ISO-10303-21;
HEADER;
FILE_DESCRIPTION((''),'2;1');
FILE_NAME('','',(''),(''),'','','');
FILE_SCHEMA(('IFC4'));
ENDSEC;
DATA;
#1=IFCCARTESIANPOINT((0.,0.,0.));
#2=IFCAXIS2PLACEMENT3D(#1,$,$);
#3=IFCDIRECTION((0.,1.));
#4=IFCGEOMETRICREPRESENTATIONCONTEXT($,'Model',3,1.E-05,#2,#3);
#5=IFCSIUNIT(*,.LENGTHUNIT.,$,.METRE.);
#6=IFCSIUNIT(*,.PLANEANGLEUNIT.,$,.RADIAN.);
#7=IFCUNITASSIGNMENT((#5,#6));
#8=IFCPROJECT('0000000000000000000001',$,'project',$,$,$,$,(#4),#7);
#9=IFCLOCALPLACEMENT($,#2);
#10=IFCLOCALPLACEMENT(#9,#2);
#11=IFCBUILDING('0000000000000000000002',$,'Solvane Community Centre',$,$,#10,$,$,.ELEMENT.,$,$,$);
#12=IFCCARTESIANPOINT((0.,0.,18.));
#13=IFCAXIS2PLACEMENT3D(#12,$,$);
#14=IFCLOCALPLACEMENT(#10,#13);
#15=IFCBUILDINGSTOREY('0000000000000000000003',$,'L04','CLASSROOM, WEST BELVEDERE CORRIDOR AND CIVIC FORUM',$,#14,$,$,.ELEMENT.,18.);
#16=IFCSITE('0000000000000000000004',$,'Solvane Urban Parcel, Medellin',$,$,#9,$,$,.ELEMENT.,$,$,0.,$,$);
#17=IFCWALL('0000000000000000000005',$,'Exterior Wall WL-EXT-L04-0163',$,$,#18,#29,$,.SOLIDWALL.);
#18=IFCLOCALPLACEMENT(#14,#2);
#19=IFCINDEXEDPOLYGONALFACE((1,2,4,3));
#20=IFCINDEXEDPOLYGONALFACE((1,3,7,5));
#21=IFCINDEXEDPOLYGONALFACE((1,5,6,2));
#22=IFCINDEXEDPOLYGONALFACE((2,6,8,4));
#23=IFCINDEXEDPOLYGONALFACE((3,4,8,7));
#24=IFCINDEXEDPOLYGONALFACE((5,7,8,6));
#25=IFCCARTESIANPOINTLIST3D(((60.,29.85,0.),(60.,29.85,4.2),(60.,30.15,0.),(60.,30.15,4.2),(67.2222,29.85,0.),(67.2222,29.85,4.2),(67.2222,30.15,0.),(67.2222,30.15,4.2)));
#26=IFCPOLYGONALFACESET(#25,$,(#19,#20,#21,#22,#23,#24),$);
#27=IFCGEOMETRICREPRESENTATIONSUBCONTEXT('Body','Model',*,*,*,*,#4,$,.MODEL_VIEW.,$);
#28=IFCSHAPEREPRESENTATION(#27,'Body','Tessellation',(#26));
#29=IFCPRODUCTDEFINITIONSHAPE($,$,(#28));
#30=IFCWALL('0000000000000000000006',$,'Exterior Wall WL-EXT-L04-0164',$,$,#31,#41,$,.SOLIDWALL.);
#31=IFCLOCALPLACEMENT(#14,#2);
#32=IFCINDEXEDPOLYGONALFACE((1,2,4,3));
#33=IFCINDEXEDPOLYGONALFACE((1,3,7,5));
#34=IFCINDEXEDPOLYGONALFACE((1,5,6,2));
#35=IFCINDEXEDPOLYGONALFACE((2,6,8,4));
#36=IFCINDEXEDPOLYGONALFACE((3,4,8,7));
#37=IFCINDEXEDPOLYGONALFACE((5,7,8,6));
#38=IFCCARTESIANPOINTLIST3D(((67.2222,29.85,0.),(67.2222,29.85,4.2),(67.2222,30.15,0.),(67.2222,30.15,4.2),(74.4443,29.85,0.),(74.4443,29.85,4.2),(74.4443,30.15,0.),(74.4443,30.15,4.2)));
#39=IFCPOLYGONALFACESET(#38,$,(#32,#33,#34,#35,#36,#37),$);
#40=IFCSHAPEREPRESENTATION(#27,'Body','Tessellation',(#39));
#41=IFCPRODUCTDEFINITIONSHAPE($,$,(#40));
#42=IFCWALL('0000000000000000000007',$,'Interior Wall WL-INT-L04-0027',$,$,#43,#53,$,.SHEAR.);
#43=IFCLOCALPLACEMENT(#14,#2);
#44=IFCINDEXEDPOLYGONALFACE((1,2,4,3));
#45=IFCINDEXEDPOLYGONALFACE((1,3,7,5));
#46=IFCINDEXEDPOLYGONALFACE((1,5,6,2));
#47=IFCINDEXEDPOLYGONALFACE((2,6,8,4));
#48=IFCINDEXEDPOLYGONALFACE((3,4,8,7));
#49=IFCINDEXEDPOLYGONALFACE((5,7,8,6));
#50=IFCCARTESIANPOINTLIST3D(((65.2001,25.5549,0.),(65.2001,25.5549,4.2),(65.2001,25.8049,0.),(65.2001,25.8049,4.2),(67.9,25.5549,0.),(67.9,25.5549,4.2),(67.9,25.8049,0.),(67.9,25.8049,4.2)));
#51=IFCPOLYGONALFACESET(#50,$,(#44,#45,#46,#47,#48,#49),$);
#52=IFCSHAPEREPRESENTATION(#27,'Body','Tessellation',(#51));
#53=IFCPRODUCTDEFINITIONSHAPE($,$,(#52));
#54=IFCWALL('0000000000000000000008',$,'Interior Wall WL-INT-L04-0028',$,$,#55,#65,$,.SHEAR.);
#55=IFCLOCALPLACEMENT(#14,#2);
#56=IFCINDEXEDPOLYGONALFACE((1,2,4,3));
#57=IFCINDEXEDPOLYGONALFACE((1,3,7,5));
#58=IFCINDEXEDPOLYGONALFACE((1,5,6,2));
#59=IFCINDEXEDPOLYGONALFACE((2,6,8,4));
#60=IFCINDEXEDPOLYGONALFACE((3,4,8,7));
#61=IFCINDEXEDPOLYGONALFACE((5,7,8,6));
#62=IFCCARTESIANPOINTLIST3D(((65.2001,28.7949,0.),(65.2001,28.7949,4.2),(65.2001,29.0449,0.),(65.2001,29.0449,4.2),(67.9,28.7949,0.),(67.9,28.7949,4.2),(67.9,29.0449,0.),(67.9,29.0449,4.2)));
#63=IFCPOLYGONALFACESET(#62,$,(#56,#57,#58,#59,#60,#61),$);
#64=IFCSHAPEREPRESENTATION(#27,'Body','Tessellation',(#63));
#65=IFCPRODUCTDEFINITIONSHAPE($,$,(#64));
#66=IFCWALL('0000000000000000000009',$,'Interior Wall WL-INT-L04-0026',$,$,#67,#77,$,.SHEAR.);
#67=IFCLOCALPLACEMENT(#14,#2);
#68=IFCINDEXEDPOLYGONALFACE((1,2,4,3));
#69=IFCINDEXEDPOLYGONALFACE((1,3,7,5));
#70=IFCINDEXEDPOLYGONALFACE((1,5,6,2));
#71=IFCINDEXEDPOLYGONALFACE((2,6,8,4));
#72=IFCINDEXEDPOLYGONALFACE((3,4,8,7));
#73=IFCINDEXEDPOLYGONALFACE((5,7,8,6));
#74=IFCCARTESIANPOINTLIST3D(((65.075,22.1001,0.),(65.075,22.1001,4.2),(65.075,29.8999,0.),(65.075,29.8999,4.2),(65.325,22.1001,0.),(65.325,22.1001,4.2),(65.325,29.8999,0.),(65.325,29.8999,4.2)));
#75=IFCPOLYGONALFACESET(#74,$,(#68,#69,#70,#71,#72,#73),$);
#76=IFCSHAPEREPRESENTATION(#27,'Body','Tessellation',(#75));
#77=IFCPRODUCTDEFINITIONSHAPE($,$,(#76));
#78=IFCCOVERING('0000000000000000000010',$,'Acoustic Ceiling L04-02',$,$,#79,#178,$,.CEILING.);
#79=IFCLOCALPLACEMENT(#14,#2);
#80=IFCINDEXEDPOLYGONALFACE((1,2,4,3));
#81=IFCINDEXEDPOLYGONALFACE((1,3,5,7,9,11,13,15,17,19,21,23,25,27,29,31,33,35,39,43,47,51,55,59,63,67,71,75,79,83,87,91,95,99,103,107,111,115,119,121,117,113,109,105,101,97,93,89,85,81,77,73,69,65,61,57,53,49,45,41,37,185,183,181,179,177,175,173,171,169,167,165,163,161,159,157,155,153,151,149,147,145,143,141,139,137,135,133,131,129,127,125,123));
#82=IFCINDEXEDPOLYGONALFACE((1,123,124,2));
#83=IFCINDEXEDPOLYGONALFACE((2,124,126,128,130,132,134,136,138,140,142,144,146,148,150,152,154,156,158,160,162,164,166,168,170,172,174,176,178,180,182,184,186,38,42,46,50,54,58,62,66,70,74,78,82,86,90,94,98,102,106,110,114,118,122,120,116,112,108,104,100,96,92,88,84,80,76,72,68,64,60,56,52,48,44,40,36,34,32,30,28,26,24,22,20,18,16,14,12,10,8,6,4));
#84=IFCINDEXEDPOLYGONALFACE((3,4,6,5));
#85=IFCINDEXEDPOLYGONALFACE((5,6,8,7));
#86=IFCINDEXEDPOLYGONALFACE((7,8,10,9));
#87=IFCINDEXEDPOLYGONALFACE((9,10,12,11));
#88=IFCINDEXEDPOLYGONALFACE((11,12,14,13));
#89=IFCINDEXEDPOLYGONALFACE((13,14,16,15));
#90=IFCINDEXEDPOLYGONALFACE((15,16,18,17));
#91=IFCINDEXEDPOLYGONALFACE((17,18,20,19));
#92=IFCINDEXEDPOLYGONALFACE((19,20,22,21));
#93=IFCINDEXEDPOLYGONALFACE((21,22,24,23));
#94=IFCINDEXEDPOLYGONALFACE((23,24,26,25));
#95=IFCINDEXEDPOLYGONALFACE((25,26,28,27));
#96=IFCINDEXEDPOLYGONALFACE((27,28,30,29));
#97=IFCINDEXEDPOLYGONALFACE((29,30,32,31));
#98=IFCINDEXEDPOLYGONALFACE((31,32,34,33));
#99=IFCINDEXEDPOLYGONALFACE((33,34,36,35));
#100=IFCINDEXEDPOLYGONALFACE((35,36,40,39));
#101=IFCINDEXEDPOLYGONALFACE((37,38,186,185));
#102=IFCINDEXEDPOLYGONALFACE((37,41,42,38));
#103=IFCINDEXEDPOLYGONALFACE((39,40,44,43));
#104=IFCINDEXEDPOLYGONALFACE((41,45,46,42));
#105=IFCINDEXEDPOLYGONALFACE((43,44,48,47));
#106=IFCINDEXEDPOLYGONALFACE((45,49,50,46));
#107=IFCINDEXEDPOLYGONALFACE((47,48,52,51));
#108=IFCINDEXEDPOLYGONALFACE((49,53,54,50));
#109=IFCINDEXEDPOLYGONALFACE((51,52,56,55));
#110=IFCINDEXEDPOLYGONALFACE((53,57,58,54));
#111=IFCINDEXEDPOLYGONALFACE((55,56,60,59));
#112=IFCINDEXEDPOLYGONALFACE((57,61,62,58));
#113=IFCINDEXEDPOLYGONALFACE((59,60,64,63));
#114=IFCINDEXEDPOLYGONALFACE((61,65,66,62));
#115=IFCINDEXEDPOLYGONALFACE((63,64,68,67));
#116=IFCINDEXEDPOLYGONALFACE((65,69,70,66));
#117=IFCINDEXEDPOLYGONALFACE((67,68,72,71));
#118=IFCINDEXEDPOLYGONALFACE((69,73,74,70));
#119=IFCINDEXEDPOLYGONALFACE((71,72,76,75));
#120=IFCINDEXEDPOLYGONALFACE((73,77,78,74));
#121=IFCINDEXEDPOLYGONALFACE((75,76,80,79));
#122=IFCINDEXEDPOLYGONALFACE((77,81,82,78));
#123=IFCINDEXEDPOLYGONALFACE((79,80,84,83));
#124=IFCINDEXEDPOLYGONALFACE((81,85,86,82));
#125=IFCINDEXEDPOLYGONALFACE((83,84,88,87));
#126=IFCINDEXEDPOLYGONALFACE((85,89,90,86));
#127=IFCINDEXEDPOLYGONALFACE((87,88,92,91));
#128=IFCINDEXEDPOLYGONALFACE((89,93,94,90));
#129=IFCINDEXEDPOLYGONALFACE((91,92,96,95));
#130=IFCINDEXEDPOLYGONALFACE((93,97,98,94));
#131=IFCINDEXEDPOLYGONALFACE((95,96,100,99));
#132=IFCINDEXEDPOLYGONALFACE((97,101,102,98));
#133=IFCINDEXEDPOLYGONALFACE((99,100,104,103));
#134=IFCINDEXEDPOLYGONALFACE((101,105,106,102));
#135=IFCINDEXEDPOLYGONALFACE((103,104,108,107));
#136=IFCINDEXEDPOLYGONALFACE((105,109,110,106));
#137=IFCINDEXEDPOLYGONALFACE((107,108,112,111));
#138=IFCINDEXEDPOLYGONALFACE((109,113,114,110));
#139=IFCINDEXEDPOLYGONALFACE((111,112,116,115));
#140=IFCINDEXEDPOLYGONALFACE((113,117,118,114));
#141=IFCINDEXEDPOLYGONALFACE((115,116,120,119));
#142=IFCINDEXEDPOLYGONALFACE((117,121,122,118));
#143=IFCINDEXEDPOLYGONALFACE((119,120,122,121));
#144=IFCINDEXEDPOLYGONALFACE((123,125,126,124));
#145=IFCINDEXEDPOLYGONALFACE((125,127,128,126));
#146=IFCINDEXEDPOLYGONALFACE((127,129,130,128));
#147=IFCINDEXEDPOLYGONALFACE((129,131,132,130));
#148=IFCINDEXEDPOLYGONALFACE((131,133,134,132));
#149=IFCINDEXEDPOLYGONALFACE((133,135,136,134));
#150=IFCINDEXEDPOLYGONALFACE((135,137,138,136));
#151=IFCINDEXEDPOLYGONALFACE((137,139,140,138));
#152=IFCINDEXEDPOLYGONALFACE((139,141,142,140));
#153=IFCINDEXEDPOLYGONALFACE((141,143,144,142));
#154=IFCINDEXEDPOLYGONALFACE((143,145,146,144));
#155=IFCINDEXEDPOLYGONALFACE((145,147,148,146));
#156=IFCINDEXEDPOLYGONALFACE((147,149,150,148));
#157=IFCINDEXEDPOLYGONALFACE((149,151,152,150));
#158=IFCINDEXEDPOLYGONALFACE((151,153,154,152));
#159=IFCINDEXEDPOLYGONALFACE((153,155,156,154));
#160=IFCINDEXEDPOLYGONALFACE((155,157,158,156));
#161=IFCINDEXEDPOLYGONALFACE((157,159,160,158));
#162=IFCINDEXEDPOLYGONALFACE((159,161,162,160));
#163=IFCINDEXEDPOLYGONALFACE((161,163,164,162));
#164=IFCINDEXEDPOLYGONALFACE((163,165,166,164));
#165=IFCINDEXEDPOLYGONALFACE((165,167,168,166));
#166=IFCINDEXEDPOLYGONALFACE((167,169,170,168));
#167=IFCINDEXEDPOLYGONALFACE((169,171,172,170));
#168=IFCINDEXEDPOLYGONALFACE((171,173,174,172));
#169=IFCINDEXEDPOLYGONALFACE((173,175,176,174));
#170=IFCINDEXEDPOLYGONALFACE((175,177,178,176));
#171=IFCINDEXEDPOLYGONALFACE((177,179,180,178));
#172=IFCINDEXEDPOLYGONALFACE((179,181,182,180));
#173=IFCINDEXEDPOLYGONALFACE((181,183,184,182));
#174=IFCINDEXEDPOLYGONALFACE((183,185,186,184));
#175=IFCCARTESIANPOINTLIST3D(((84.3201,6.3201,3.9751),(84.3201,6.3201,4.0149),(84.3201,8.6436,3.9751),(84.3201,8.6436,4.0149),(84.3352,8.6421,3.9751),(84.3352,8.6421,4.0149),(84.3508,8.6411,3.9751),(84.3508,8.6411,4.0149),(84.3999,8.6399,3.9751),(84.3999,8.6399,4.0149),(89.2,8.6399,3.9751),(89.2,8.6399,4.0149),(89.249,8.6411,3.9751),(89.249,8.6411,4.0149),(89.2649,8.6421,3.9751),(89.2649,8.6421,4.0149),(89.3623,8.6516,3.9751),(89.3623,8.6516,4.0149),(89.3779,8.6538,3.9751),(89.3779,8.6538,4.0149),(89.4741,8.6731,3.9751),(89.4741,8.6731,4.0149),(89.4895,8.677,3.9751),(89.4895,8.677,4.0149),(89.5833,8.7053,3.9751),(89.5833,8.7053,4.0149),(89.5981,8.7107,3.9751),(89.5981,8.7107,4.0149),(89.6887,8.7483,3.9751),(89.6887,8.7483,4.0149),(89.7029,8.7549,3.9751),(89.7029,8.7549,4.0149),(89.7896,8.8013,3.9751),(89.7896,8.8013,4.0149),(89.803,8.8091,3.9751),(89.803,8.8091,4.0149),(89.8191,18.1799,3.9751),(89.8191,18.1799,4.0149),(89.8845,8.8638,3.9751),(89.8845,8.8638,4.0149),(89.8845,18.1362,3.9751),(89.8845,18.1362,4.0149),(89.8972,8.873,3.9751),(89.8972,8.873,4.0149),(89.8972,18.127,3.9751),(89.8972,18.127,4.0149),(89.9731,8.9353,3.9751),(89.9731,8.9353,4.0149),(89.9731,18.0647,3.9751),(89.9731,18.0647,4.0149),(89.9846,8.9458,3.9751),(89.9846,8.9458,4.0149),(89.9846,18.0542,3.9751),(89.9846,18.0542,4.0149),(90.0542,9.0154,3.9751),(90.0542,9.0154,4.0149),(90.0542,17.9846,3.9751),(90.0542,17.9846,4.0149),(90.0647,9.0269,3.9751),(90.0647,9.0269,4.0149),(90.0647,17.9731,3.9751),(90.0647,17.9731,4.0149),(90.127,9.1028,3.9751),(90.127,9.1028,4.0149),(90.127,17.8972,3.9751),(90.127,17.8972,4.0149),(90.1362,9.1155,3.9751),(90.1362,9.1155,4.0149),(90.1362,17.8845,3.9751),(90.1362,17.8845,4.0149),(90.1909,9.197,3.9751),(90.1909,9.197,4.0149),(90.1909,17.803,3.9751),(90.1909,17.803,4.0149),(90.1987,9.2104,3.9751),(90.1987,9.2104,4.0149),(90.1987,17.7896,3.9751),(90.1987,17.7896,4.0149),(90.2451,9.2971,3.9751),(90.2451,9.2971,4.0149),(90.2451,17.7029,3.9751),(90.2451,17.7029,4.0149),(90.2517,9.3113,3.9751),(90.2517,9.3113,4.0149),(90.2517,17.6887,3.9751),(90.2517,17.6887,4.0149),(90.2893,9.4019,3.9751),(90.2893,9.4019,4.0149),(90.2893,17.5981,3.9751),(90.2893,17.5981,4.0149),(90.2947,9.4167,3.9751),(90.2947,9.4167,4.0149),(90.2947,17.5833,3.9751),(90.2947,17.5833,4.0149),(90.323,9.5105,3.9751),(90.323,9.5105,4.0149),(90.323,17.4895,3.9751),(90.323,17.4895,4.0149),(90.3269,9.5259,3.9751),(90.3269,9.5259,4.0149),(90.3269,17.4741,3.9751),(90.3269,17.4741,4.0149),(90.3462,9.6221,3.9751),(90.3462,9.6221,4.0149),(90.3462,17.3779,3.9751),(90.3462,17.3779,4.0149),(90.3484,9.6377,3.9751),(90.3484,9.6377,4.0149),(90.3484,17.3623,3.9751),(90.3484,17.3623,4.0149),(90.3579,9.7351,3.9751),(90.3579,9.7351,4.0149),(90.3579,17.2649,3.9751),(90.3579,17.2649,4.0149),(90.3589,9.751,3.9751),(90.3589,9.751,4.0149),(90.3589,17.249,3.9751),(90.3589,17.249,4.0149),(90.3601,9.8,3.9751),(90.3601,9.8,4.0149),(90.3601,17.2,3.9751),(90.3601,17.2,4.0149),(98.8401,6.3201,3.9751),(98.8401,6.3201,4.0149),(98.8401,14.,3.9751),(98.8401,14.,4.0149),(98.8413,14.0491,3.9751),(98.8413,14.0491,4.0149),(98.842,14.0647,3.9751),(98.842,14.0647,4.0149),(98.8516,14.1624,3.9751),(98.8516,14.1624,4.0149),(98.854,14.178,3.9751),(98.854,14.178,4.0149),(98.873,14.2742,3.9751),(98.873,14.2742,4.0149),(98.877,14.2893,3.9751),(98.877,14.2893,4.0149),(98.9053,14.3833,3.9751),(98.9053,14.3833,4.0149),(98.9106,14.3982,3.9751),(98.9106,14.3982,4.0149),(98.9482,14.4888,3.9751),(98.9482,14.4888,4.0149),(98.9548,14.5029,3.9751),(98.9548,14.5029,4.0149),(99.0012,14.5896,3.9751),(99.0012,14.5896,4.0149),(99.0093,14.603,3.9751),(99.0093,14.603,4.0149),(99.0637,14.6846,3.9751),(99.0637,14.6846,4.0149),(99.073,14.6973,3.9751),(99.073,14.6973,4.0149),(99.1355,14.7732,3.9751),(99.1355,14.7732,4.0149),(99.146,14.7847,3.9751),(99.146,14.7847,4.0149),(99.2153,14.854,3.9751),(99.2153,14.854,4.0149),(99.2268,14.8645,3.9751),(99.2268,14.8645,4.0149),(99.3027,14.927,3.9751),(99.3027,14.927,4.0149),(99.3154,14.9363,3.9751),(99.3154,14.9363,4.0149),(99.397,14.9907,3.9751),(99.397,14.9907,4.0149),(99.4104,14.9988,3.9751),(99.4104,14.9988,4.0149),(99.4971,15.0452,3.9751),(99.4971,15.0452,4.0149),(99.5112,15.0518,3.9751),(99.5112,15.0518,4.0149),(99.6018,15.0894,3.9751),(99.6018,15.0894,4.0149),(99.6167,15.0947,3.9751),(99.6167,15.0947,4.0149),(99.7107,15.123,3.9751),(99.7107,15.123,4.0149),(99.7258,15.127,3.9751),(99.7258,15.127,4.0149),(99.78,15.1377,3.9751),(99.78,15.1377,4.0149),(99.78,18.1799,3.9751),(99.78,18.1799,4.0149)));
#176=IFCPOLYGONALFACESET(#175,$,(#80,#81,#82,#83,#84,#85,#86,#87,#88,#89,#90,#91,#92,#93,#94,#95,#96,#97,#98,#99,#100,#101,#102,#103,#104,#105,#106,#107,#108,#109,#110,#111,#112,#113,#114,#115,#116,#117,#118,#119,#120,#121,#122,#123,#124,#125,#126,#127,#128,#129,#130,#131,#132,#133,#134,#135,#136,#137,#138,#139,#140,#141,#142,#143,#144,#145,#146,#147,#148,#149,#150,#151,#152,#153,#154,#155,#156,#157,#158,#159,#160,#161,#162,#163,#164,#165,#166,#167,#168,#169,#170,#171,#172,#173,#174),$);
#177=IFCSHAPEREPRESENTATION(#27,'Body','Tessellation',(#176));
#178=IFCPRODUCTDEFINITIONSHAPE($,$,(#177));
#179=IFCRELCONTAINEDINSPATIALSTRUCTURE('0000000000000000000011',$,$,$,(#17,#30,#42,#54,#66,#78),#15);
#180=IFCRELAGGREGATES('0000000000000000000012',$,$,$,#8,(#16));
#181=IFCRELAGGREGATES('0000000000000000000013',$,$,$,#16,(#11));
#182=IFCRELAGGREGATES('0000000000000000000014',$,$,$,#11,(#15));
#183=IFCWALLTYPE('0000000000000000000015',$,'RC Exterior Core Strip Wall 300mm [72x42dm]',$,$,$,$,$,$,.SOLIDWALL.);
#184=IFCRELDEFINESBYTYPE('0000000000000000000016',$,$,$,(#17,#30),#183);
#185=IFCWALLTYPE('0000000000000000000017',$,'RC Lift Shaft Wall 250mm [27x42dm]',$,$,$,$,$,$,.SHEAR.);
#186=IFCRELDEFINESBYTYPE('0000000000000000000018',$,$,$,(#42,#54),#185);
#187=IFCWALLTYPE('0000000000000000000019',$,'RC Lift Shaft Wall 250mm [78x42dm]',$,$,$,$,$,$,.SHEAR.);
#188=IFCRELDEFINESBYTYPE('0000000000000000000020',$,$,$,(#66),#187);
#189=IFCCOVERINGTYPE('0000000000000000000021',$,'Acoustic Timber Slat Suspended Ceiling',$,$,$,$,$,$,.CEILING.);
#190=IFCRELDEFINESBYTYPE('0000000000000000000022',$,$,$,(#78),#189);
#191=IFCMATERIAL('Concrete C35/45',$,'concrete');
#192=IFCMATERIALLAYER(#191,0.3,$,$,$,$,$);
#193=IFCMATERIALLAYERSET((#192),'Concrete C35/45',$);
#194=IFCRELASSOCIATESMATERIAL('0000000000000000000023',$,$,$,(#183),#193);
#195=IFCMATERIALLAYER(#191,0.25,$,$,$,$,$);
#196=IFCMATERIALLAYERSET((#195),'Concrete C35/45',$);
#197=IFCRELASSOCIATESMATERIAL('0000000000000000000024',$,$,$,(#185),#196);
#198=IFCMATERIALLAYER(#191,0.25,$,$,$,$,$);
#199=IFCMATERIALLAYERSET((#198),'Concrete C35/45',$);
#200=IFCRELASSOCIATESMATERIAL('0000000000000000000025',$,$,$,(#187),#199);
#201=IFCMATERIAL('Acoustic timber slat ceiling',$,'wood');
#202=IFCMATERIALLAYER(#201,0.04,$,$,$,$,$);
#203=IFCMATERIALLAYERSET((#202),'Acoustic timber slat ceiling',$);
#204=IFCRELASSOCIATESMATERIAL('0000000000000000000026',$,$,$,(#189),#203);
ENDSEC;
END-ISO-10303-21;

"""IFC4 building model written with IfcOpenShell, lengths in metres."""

from ifc_helpers import new_model, si_unit, direction, frame, frame_2d, origin, place, context, subcontext, project, spatial, polyline, rectangle, outline, extrude, material, layer, layer_set, type_object, element, save


model = new_model("IFC4")

# Units and contexts
model_context = context("Model", 3, precision=1e-05, world=origin(), true_north=direction((0.0, 1.0)))
body_context = subcontext(model_context, "Body", "Model", "MODEL_VIEW")
ifc_project = project(units=[si_unit("LENGTHUNIT", "METRE"), si_unit("PLANEANGLEUNIT", "RADIAN")], contexts=[model_context])

# Site, building, storey
site_placement = place(None, origin())
site = spatial("IfcSite", under=ifc_project, at=site_placement, Name="Solvane Urban Parcel, Medellin", CompositionType="ELEMENT", RefElevation=0.0)
building_placement = place(site_placement, origin())
building = spatial("IfcBuilding", under=site, at=building_placement, Name="Solvane Community Centre", CompositionType="ELEMENT")
storey_placement = place(building_placement, frame((0.0, 0.0, 18.0)))
storey = spatial("IfcBuildingStorey", under=building, at=storey_placement, Name="L04", Description="CLASSROOM, WEST BELVEDERE CORRIDOR AND CIVIC FORUM", CompositionType="ELEMENT", Elevation=18.0)

# Shared definitions
ifc_material_1 = material(Name="Concrete C35/45", Category="concrete")

# Walls
ifc_layer_1 = layer(ifc_material_1, 0.3)
ifc_layer_set_1 = layer_set([ifc_layer_1], Name="Concrete C35/45")
wall_type_1 = type_object("IfcWallType", Name="RC Exterior Core Strip Wall 300mm [72x42dm]", PredefinedType="SOLIDWALL", material=ifc_layer_set_1)
for number, where, z_axis, x_axis, name in (
    (1, (60.0, 30.0, 0.0), (0.0, 0.0, 1.0), (1.0, 0.0, 0.0), "Exterior Wall WL-EXT-L04-0163"),
    (2, (67.2222, 30.0, 0.0), (0.0, 0.0, 1.0), (1.0, 0.0, 0.0), "Exterior Wall WL-EXT-L04-0164"),
):
    element("IfcWall", number, at=place(storey_placement, frame(where, z_axis=z_axis, x_axis=x_axis)), inside=storey, type_object=wall_type_1, Name=name, PredefinedType="SOLIDWALL", context=body_context, shape_type="SweptSolid", body=[
        extrude(rectangle(XDim=7.2222, YDim=0.3, at=frame_2d((3.6111, 0.0))), origin(), (0.0, 0.0, 1.0), 4.2),
    ])
ifc_layer_2 = layer(ifc_material_1, 0.25)
ifc_layer_set_2 = layer_set([ifc_layer_2], Name="Concrete C35/45")
wall_type_2 = type_object("IfcWallType", Name="RC Lift Shaft Wall 250mm [27x42dm]", PredefinedType="SHEAR", material=ifc_layer_set_2)
for number, where, z_axis, x_axis, name in (
    (3, (65.2, 25.6799, 0.0), (0.0, 0.0, 1.0), (1.0, 0.0, 0.0), "Interior Wall WL-INT-L04-0027"),
    (4, (65.2, 28.9199, 0.0), (0.0, 0.0, 1.0), (1.0, 0.0, 0.0), "Interior Wall WL-INT-L04-0028"),
):
    element("IfcWall", number, at=place(storey_placement, frame(where, z_axis=z_axis, x_axis=x_axis)), inside=storey, type_object=wall_type_2, Name=name, PredefinedType="SHEAR", context=body_context, shape_type="SweptSolid", body=[
        extrude(rectangle(XDim=2.7, YDim=0.25, at=frame_2d((1.3501, 0.0))), origin(), (0.0, 0.0, 1.0), 4.2),
    ])
ifc_layer_3 = layer(ifc_material_1, 0.25)
ifc_layer_set_3 = layer_set([ifc_layer_3], Name="Concrete C35/45")
wall_type_3 = type_object("IfcWallType", Name="RC Lift Shaft Wall 250mm [78x42dm]", PredefinedType="SHEAR", material=ifc_layer_set_3)
wall_1_placement = place(storey_placement, frame((65.2, 22.1001, 0.0), z_axis=(0.0, 0.0, 1.0), x_axis=(0.0, 1.0, 0.0)))
element("IfcWall", 5, at=wall_1_placement, inside=storey, type_object=wall_type_3, Name="Interior Wall WL-INT-L04-0026", PredefinedType="SHEAR", context=body_context, shape_type="SweptSolid", body=[
    extrude(rectangle(XDim=7.7998, YDim=0.25, at=frame_2d((3.8999, 0.0))), origin(), (0.0, 0.0, 1.0), 4.2),
])

# Covering
ifc_material_2 = material(Name="Acoustic timber slat ceiling", Category="wood")
ifc_layer_4 = layer(ifc_material_2, 0.04)
ifc_layer_set_4 = layer_set([ifc_layer_4], Name="Acoustic timber slat ceiling")
covering_type = type_object("IfcCoveringType", Name="Acoustic Timber Slat Suspended Ceiling", PredefinedType="CEILING", material=ifc_layer_set_4)
covering_1_placement = place(storey_placement, frame((0.0, 0.0, 3.9751)))
element("IfcCovering", 6, at=covering_1_placement, inside=storey, type_object=covering_type, Name="Acoustic Ceiling L04-02", PredefinedType="CEILING", context=body_context, shape_type="SweptSolid", body=[
    extrude(outline(polyline([(99.78, 18.1799), (99.78, 15.1377), (99.7258, 15.127), (99.7107, 15.123), (99.6167, 15.0947), (99.6018, 15.0894), (99.5112, 15.0518), (99.4971, 15.0452), (99.4104, 14.9988), (99.397, 14.9907), (99.3154, 14.9363), (99.3027, 14.927), (99.2268, 14.8645), (99.2153, 14.854), (99.146, 14.7847), (99.1355, 14.7732), (99.073, 14.6973), (99.0637, 14.6846), (99.0093, 14.603), (99.0012, 14.5896), (98.9548, 14.5029), (98.9482, 14.4888), (98.9106, 14.3982), (98.9053, 14.3833), (98.877, 14.2893), (98.873, 14.2742), (98.854, 14.178), (98.8516, 14.1624), (98.842, 14.0647), (98.8413, 14.0491), (98.8401, 14.0), (98.8401, 6.3201), (84.3201, 6.3201), (84.3201, 8.6436), (84.3352, 8.6421), (84.3508, 8.6411), (84.3999, 8.6399), (89.2, 8.6399), (89.249, 8.6411), (89.2649, 8.6421), (89.3623, 8.6516), (89.3779, 8.6538), (89.4741, 8.6731), (89.4895, 8.677), (89.5833, 8.7053), (89.5981, 8.7107), (89.6887, 8.7483), (89.7029, 8.7549), (89.7896, 8.8013), (89.803, 8.8091), (89.8845, 8.8638), (89.8972, 8.873), (89.9731, 8.9353), (89.9846, 8.9458), (90.0542, 9.0154), (90.0647, 9.0269), (90.127, 9.1028), (90.1362, 9.1155), (90.1909, 9.197), (90.1987, 9.2104), (90.2451, 9.2971), (90.2517, 9.3113), (90.2893, 9.4019), (90.2947, 9.4167), (90.323, 9.5105), (90.3269, 9.5259), (90.3462, 9.6221), (90.3484, 9.6377), (90.3579, 9.7351), (90.3589, 9.751), (90.3601, 9.8), (90.3601, 17.2), (90.3589, 17.249), (90.3579, 17.2649), (90.3484, 17.3623), (90.3462, 17.3779), (90.3269, 17.4741), (90.323, 17.4895), (90.2947, 17.5833), (90.2893, 17.5981), (90.2517, 17.6887), (90.2451, 17.7029), (90.1987, 17.7896), (90.1909, 17.803), (90.1362, 17.8845), (90.127, 17.8972), (90.0647, 17.9731), (90.0542, 17.9846), (89.9846, 18.0542), (89.9731, 18.0647), (89.8972, 18.127), (89.8845, 18.1362), (89.8191, 18.1799), (99.78, 18.1799)])), origin(), (0.0, 0.0, 1.0), 0.0398),
])

save(model, "model.ifc")
